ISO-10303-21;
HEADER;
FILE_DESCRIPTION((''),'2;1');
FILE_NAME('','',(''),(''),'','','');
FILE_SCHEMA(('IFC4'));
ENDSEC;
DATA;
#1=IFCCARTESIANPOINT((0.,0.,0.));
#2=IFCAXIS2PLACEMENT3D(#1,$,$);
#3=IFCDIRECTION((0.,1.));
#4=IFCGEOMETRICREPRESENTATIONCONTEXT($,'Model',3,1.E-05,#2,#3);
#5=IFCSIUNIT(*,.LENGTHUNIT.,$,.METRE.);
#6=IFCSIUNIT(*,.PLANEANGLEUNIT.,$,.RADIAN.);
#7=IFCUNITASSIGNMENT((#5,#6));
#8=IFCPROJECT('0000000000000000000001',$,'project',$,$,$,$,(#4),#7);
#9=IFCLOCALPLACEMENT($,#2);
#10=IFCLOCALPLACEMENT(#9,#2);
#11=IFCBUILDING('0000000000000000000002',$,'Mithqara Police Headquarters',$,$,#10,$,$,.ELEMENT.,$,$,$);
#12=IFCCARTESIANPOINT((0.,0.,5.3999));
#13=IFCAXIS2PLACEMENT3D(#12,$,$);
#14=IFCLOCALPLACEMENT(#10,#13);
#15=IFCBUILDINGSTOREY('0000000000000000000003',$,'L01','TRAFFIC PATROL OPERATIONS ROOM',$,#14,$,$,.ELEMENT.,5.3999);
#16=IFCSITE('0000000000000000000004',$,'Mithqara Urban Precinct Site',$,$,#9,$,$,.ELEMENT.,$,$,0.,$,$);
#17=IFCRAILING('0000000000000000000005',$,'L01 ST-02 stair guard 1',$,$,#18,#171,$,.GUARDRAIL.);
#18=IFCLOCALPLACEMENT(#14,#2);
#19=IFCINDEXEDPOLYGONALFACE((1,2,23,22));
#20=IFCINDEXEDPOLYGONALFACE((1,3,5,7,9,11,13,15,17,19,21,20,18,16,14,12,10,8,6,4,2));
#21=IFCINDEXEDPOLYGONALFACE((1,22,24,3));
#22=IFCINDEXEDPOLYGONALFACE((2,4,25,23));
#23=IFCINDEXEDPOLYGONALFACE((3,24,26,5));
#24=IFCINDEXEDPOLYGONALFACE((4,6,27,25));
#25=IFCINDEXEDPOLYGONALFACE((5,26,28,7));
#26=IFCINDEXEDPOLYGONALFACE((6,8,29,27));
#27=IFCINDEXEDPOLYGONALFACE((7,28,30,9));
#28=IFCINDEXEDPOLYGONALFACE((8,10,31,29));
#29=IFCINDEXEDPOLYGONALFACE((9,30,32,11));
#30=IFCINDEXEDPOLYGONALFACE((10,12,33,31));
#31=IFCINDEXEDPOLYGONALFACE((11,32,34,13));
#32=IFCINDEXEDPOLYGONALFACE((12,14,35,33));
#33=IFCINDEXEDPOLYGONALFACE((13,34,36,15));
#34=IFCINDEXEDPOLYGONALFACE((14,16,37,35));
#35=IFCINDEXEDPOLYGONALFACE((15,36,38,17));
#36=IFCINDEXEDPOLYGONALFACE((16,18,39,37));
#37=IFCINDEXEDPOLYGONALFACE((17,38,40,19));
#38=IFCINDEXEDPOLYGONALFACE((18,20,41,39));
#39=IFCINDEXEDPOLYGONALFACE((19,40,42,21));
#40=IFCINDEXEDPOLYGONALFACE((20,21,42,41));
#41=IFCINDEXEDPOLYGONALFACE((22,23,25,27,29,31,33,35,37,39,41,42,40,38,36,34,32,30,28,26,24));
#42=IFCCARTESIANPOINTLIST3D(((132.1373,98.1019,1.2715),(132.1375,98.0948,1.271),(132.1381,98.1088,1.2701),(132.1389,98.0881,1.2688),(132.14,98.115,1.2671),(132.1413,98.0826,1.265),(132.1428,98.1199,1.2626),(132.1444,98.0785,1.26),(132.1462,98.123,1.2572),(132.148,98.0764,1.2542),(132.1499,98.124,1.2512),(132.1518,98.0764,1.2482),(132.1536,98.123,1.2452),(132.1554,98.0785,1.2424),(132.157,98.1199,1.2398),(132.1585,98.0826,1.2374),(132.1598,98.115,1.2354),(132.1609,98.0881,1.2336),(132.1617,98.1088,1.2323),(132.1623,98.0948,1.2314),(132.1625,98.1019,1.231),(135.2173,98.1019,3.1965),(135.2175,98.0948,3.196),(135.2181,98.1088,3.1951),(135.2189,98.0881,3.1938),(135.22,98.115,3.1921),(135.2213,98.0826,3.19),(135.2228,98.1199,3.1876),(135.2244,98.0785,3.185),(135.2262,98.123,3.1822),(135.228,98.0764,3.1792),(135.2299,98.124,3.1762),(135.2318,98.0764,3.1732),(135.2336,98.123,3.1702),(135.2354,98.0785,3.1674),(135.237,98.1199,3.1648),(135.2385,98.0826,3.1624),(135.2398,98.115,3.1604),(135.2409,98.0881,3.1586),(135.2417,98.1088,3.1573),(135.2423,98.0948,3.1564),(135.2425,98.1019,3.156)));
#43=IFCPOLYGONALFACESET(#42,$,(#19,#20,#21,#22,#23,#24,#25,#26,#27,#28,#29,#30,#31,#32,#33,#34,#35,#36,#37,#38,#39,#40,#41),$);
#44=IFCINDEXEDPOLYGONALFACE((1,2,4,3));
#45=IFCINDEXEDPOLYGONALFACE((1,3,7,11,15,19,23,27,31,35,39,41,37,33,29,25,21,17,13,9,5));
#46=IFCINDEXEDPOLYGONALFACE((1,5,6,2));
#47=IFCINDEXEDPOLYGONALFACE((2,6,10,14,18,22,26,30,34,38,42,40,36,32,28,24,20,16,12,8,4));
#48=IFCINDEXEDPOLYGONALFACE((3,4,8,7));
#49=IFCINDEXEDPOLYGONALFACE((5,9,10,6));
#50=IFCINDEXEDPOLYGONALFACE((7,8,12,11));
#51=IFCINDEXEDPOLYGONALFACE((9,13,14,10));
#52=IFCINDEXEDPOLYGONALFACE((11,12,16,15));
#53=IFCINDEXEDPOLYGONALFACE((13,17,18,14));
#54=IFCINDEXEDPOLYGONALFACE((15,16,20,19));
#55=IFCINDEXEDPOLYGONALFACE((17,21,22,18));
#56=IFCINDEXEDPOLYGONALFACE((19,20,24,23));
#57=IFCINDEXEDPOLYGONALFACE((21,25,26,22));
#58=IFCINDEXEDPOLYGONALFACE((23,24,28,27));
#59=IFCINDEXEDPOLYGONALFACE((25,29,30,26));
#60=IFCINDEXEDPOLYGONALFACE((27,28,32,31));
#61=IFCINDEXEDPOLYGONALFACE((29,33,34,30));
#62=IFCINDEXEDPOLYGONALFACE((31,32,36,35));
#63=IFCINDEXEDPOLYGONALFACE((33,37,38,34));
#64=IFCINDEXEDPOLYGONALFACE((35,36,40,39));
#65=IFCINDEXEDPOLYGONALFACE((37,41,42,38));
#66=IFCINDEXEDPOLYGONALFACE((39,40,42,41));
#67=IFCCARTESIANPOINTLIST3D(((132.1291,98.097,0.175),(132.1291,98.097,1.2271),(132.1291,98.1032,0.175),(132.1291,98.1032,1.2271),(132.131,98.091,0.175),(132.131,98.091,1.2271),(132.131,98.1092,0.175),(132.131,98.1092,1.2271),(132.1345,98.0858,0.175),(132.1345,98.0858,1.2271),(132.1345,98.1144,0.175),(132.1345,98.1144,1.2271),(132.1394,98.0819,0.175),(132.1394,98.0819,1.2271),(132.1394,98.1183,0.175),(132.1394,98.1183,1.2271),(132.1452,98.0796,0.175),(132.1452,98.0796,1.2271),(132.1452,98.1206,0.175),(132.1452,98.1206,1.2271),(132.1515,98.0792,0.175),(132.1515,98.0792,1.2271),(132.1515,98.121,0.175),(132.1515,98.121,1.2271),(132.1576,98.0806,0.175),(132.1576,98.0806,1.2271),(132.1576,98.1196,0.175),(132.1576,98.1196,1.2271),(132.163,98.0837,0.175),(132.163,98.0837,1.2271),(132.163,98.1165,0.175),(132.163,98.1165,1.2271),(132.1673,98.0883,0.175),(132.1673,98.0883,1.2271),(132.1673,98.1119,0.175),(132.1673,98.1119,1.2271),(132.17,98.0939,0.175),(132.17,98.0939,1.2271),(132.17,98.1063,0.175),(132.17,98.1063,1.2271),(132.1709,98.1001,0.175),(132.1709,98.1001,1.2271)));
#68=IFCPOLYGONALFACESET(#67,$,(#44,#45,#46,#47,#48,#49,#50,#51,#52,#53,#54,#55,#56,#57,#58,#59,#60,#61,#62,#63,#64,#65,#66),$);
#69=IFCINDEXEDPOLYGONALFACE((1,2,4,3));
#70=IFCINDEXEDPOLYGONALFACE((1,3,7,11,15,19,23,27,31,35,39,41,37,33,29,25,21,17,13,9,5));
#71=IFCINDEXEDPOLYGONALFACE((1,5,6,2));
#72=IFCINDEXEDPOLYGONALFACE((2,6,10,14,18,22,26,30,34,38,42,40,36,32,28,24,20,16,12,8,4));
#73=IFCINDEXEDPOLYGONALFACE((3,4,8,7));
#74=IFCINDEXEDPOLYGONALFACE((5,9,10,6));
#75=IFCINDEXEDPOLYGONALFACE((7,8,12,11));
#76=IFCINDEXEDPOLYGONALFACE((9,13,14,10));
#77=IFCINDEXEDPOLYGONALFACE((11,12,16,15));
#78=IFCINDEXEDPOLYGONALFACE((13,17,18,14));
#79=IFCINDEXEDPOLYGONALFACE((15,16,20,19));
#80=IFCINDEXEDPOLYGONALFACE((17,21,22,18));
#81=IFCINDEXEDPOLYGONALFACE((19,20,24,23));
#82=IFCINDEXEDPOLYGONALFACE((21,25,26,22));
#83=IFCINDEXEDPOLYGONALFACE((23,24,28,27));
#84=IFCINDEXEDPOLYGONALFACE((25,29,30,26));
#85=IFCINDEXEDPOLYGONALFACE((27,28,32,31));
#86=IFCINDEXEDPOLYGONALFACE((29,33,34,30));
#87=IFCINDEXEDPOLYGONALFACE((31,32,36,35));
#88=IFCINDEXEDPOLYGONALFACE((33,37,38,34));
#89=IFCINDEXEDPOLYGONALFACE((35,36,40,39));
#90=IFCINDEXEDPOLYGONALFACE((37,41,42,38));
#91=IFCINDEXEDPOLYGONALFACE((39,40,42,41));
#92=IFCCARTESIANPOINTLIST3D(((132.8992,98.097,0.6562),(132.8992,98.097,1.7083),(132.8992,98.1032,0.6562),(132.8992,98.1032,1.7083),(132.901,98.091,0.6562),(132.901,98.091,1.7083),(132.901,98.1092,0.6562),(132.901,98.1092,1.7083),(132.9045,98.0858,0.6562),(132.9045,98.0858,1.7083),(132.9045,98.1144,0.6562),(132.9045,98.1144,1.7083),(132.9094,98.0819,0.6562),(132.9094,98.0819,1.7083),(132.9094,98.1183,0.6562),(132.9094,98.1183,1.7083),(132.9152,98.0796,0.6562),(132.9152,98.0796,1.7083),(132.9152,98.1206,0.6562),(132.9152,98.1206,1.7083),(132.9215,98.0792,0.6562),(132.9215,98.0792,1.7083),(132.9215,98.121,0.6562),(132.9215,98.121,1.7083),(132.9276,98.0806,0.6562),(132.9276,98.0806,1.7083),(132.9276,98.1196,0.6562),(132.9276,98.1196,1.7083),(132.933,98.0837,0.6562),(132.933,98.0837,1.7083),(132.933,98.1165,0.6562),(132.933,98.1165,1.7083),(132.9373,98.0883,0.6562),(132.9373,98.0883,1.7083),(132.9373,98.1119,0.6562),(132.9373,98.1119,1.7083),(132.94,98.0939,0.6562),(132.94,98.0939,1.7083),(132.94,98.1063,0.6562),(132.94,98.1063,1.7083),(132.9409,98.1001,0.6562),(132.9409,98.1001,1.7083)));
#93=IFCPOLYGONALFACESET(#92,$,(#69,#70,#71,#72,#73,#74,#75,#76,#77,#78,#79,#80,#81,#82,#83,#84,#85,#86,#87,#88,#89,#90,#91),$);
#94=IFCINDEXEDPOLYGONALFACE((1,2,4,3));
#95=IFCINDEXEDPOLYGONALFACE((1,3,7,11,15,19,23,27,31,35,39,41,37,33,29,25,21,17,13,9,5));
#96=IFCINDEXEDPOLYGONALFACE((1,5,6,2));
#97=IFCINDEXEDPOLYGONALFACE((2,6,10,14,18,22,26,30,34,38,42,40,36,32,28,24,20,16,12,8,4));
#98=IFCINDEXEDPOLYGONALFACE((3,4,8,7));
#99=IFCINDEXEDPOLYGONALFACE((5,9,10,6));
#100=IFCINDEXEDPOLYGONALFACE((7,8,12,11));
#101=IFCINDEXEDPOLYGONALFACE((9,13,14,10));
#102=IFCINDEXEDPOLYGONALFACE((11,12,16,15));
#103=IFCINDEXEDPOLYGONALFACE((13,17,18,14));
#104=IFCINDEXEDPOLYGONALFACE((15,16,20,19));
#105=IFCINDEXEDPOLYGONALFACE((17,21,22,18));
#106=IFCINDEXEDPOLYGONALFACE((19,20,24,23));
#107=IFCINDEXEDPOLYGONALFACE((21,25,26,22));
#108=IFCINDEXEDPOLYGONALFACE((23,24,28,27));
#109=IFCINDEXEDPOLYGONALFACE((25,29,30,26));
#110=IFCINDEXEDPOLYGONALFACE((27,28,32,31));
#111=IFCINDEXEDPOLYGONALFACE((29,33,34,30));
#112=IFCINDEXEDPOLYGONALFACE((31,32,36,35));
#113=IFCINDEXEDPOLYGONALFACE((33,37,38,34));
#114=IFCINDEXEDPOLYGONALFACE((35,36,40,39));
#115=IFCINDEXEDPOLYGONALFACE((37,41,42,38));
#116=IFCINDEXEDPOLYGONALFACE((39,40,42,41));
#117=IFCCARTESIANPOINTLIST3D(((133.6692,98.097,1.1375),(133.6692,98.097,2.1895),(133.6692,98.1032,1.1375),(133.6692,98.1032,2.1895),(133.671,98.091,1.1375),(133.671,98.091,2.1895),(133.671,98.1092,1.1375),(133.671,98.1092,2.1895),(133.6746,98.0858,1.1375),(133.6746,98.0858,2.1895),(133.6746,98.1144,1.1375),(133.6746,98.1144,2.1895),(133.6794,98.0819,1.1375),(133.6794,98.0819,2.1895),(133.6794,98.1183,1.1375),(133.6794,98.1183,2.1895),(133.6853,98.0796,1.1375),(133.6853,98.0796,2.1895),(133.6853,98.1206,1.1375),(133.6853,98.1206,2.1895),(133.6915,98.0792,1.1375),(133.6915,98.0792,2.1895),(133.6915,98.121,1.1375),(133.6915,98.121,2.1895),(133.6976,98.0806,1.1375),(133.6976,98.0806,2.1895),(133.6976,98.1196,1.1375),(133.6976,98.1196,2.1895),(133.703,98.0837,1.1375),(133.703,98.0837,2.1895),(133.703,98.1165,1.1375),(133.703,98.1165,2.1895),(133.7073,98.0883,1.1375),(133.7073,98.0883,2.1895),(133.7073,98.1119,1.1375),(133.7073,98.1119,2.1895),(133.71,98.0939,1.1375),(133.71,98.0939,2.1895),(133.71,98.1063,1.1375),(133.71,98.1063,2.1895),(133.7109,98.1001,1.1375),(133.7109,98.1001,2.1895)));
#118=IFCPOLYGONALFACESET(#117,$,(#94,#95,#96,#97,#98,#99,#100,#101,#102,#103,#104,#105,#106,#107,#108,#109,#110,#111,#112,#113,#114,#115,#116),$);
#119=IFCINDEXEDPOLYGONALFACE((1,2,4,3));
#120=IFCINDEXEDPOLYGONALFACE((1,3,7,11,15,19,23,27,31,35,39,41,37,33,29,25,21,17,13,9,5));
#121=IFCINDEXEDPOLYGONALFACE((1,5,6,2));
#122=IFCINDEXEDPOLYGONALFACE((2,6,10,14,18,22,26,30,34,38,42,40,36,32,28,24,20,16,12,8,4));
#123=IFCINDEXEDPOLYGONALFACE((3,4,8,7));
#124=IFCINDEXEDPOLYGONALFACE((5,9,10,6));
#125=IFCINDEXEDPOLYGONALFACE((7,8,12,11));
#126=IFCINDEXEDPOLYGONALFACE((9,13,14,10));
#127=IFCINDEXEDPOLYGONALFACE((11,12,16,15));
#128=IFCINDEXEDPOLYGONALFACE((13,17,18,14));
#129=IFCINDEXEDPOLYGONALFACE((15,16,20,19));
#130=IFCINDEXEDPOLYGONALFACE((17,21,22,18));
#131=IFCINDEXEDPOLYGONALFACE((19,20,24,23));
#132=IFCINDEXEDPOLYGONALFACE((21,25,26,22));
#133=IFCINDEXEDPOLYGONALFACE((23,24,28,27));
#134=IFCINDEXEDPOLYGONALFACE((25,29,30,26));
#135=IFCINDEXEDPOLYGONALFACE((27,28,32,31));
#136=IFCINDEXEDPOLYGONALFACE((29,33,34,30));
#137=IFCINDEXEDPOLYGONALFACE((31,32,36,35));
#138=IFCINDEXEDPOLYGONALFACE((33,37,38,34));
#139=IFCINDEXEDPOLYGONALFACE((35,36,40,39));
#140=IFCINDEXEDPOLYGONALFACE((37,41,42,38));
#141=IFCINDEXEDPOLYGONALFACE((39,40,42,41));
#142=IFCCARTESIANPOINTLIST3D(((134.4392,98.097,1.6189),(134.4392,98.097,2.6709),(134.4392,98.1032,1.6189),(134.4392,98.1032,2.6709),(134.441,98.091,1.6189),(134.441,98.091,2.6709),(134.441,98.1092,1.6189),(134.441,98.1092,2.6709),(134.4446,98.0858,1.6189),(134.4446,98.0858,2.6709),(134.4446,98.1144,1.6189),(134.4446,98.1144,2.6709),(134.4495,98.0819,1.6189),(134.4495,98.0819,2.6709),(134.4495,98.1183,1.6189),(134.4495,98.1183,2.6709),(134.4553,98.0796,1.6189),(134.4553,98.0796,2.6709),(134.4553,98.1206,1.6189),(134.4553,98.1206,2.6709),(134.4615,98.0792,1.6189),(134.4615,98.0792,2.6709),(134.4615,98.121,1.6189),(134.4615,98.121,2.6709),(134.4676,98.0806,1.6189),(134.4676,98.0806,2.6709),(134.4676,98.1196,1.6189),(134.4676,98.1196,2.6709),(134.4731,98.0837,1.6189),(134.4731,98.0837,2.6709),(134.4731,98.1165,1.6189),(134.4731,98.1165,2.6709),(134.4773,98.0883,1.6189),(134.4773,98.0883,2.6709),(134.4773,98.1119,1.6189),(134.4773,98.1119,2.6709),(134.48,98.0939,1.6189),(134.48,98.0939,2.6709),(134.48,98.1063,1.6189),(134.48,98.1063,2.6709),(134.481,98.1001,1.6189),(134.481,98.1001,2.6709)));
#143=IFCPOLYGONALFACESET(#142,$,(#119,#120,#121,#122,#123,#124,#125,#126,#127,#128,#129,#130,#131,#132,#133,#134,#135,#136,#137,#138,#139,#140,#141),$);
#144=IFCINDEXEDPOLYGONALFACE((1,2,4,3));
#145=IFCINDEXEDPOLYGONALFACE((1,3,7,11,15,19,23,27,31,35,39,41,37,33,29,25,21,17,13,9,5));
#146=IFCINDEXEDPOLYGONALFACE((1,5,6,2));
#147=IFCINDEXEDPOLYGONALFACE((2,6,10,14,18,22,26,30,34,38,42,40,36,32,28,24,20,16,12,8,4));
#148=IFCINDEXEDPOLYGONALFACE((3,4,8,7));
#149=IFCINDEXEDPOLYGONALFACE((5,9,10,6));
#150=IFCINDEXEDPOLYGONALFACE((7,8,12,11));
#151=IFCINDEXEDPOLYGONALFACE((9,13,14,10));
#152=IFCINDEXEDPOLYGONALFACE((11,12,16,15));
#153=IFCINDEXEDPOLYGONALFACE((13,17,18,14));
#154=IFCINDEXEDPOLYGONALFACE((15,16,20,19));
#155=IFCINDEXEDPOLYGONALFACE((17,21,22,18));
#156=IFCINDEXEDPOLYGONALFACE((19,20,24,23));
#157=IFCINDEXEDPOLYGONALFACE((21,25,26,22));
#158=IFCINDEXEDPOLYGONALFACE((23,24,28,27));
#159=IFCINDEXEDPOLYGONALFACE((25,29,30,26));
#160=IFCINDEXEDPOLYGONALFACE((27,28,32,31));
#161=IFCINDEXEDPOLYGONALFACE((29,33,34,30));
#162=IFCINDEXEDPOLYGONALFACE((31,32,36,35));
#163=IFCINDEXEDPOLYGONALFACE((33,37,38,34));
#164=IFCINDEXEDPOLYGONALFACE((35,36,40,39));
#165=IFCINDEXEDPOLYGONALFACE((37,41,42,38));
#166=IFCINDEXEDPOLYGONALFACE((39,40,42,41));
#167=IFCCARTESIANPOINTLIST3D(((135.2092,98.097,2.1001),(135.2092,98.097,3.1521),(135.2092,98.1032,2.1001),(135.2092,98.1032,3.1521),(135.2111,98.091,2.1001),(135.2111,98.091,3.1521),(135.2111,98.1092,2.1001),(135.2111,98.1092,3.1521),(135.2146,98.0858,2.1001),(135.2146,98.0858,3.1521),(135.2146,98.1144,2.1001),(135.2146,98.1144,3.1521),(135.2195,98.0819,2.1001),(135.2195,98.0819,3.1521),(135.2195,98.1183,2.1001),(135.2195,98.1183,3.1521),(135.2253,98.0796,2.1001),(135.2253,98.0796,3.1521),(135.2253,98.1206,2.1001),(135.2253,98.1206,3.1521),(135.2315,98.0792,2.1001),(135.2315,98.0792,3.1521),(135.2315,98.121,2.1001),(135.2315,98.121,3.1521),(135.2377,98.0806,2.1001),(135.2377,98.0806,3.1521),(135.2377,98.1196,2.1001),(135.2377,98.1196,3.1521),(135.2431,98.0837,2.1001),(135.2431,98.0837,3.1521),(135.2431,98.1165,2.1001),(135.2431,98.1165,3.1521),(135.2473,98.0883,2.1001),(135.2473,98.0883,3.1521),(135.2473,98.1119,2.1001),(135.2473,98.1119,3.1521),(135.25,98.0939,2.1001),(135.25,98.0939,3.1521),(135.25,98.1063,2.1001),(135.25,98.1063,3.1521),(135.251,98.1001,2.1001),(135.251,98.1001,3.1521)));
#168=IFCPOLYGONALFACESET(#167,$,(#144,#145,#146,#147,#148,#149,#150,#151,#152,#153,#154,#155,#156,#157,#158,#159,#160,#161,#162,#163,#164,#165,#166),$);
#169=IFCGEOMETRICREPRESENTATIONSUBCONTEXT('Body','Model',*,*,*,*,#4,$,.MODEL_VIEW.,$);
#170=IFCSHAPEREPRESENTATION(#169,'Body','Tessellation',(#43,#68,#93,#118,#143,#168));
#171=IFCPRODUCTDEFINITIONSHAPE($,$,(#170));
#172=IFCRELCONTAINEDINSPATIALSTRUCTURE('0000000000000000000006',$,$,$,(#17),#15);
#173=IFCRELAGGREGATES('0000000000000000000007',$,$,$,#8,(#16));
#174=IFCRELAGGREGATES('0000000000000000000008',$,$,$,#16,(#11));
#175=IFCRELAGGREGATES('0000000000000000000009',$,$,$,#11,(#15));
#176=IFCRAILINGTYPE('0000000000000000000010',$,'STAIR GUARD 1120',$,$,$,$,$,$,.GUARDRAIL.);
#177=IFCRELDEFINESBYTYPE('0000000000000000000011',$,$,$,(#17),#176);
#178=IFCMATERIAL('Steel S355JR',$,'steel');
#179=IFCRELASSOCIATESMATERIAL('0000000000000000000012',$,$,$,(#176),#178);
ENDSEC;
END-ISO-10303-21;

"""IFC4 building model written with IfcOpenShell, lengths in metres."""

from ifc_helpers import new_model, si_unit, direction, frame, origin, origin_2d, place, context, subcontext, project, spatial, circle, extrude, material, type_object, element, save


model = new_model("IFC4")

# Units and contexts
model_context = context("Model", 3, precision=1e-05, world=origin(), true_north=direction((0.0, 1.0)))
body_context = subcontext(model_context, "Body", "Model", "MODEL_VIEW")
ifc_project = project(units=[si_unit("LENGTHUNIT", "METRE"), si_unit("PLANEANGLEUNIT", "RADIAN")], contexts=[model_context])

# Site, building, storey
site_placement = place(None, origin())
site = spatial("IfcSite", under=ifc_project, at=site_placement, Name="Mithqara Urban Precinct Site", CompositionType="ELEMENT", RefElevation=0.0)
building_placement = place(site_placement, origin())
building = spatial("IfcBuilding", under=site, at=building_placement, Name="Mithqara Police Headquarters", CompositionType="ELEMENT")
storey_placement = place(building_placement, frame((0.0, 0.0, 5.3999)))
storey = spatial("IfcBuildingStorey", under=building, at=storey_placement, Name="L01", Description="TRAFFIC PATROL OPERATIONS ROOM", CompositionType="ELEMENT", Elevation=5.3999)

# Shared definitions
ifc_material_1 = material(Name="Steel S355JR", Category="steel")

# Railing
railing_type_1 = type_object("IfcRailingType", Name="STAIR GUARD 1120", PredefinedType="GUARDRAIL", material=ifc_material_1)
railing_1_placement = place(storey_placement, frame((132.1499, 98.1001, 0.175)))
element("IfcRailing", 1, at=railing_1_placement, inside=storey, type_object=railing_type_1, Name="L01 ST-02 stair guard 1", PredefinedType="GUARDRAIL", context=body_context, shape_type="SweptSolid", body=[
    extrude(circle(Radius=0.0239, at=origin_2d()), frame((0.0, 0.0, 1.0762), z_axis=(0.847998, 0.0, 0.529999), x_axis=(0.0, 1.0, 0.0)), (0.0, 0.0, 1.0), 3.6321),
    extrude(circle(Radius=0.021, at=origin_2d()), origin(), (0.0, 0.0, 1.0), 1.052),
    extrude(circle(Radius=0.021, at=origin_2d()), frame((0.77, 0.0, 0.4812)), (0.0, 0.0, 1.0), 1.052),
    extrude(circle(Radius=0.021, at=origin_2d()), frame((1.54, 0.0, 0.9624)), (0.0, 0.0, 1.0), 1.052),
    extrude(circle(Radius=0.021, at=origin_2d()), frame((2.3101, 0.0, 1.4438)), (0.0, 0.0, 1.0), 1.052),
    extrude(circle(Radius=0.021, at=origin_2d()), frame((3.0801, 0.0, 1.925)), (0.0, 0.0, 1.0), 1.052),
])

save(model, "model.ifc")
